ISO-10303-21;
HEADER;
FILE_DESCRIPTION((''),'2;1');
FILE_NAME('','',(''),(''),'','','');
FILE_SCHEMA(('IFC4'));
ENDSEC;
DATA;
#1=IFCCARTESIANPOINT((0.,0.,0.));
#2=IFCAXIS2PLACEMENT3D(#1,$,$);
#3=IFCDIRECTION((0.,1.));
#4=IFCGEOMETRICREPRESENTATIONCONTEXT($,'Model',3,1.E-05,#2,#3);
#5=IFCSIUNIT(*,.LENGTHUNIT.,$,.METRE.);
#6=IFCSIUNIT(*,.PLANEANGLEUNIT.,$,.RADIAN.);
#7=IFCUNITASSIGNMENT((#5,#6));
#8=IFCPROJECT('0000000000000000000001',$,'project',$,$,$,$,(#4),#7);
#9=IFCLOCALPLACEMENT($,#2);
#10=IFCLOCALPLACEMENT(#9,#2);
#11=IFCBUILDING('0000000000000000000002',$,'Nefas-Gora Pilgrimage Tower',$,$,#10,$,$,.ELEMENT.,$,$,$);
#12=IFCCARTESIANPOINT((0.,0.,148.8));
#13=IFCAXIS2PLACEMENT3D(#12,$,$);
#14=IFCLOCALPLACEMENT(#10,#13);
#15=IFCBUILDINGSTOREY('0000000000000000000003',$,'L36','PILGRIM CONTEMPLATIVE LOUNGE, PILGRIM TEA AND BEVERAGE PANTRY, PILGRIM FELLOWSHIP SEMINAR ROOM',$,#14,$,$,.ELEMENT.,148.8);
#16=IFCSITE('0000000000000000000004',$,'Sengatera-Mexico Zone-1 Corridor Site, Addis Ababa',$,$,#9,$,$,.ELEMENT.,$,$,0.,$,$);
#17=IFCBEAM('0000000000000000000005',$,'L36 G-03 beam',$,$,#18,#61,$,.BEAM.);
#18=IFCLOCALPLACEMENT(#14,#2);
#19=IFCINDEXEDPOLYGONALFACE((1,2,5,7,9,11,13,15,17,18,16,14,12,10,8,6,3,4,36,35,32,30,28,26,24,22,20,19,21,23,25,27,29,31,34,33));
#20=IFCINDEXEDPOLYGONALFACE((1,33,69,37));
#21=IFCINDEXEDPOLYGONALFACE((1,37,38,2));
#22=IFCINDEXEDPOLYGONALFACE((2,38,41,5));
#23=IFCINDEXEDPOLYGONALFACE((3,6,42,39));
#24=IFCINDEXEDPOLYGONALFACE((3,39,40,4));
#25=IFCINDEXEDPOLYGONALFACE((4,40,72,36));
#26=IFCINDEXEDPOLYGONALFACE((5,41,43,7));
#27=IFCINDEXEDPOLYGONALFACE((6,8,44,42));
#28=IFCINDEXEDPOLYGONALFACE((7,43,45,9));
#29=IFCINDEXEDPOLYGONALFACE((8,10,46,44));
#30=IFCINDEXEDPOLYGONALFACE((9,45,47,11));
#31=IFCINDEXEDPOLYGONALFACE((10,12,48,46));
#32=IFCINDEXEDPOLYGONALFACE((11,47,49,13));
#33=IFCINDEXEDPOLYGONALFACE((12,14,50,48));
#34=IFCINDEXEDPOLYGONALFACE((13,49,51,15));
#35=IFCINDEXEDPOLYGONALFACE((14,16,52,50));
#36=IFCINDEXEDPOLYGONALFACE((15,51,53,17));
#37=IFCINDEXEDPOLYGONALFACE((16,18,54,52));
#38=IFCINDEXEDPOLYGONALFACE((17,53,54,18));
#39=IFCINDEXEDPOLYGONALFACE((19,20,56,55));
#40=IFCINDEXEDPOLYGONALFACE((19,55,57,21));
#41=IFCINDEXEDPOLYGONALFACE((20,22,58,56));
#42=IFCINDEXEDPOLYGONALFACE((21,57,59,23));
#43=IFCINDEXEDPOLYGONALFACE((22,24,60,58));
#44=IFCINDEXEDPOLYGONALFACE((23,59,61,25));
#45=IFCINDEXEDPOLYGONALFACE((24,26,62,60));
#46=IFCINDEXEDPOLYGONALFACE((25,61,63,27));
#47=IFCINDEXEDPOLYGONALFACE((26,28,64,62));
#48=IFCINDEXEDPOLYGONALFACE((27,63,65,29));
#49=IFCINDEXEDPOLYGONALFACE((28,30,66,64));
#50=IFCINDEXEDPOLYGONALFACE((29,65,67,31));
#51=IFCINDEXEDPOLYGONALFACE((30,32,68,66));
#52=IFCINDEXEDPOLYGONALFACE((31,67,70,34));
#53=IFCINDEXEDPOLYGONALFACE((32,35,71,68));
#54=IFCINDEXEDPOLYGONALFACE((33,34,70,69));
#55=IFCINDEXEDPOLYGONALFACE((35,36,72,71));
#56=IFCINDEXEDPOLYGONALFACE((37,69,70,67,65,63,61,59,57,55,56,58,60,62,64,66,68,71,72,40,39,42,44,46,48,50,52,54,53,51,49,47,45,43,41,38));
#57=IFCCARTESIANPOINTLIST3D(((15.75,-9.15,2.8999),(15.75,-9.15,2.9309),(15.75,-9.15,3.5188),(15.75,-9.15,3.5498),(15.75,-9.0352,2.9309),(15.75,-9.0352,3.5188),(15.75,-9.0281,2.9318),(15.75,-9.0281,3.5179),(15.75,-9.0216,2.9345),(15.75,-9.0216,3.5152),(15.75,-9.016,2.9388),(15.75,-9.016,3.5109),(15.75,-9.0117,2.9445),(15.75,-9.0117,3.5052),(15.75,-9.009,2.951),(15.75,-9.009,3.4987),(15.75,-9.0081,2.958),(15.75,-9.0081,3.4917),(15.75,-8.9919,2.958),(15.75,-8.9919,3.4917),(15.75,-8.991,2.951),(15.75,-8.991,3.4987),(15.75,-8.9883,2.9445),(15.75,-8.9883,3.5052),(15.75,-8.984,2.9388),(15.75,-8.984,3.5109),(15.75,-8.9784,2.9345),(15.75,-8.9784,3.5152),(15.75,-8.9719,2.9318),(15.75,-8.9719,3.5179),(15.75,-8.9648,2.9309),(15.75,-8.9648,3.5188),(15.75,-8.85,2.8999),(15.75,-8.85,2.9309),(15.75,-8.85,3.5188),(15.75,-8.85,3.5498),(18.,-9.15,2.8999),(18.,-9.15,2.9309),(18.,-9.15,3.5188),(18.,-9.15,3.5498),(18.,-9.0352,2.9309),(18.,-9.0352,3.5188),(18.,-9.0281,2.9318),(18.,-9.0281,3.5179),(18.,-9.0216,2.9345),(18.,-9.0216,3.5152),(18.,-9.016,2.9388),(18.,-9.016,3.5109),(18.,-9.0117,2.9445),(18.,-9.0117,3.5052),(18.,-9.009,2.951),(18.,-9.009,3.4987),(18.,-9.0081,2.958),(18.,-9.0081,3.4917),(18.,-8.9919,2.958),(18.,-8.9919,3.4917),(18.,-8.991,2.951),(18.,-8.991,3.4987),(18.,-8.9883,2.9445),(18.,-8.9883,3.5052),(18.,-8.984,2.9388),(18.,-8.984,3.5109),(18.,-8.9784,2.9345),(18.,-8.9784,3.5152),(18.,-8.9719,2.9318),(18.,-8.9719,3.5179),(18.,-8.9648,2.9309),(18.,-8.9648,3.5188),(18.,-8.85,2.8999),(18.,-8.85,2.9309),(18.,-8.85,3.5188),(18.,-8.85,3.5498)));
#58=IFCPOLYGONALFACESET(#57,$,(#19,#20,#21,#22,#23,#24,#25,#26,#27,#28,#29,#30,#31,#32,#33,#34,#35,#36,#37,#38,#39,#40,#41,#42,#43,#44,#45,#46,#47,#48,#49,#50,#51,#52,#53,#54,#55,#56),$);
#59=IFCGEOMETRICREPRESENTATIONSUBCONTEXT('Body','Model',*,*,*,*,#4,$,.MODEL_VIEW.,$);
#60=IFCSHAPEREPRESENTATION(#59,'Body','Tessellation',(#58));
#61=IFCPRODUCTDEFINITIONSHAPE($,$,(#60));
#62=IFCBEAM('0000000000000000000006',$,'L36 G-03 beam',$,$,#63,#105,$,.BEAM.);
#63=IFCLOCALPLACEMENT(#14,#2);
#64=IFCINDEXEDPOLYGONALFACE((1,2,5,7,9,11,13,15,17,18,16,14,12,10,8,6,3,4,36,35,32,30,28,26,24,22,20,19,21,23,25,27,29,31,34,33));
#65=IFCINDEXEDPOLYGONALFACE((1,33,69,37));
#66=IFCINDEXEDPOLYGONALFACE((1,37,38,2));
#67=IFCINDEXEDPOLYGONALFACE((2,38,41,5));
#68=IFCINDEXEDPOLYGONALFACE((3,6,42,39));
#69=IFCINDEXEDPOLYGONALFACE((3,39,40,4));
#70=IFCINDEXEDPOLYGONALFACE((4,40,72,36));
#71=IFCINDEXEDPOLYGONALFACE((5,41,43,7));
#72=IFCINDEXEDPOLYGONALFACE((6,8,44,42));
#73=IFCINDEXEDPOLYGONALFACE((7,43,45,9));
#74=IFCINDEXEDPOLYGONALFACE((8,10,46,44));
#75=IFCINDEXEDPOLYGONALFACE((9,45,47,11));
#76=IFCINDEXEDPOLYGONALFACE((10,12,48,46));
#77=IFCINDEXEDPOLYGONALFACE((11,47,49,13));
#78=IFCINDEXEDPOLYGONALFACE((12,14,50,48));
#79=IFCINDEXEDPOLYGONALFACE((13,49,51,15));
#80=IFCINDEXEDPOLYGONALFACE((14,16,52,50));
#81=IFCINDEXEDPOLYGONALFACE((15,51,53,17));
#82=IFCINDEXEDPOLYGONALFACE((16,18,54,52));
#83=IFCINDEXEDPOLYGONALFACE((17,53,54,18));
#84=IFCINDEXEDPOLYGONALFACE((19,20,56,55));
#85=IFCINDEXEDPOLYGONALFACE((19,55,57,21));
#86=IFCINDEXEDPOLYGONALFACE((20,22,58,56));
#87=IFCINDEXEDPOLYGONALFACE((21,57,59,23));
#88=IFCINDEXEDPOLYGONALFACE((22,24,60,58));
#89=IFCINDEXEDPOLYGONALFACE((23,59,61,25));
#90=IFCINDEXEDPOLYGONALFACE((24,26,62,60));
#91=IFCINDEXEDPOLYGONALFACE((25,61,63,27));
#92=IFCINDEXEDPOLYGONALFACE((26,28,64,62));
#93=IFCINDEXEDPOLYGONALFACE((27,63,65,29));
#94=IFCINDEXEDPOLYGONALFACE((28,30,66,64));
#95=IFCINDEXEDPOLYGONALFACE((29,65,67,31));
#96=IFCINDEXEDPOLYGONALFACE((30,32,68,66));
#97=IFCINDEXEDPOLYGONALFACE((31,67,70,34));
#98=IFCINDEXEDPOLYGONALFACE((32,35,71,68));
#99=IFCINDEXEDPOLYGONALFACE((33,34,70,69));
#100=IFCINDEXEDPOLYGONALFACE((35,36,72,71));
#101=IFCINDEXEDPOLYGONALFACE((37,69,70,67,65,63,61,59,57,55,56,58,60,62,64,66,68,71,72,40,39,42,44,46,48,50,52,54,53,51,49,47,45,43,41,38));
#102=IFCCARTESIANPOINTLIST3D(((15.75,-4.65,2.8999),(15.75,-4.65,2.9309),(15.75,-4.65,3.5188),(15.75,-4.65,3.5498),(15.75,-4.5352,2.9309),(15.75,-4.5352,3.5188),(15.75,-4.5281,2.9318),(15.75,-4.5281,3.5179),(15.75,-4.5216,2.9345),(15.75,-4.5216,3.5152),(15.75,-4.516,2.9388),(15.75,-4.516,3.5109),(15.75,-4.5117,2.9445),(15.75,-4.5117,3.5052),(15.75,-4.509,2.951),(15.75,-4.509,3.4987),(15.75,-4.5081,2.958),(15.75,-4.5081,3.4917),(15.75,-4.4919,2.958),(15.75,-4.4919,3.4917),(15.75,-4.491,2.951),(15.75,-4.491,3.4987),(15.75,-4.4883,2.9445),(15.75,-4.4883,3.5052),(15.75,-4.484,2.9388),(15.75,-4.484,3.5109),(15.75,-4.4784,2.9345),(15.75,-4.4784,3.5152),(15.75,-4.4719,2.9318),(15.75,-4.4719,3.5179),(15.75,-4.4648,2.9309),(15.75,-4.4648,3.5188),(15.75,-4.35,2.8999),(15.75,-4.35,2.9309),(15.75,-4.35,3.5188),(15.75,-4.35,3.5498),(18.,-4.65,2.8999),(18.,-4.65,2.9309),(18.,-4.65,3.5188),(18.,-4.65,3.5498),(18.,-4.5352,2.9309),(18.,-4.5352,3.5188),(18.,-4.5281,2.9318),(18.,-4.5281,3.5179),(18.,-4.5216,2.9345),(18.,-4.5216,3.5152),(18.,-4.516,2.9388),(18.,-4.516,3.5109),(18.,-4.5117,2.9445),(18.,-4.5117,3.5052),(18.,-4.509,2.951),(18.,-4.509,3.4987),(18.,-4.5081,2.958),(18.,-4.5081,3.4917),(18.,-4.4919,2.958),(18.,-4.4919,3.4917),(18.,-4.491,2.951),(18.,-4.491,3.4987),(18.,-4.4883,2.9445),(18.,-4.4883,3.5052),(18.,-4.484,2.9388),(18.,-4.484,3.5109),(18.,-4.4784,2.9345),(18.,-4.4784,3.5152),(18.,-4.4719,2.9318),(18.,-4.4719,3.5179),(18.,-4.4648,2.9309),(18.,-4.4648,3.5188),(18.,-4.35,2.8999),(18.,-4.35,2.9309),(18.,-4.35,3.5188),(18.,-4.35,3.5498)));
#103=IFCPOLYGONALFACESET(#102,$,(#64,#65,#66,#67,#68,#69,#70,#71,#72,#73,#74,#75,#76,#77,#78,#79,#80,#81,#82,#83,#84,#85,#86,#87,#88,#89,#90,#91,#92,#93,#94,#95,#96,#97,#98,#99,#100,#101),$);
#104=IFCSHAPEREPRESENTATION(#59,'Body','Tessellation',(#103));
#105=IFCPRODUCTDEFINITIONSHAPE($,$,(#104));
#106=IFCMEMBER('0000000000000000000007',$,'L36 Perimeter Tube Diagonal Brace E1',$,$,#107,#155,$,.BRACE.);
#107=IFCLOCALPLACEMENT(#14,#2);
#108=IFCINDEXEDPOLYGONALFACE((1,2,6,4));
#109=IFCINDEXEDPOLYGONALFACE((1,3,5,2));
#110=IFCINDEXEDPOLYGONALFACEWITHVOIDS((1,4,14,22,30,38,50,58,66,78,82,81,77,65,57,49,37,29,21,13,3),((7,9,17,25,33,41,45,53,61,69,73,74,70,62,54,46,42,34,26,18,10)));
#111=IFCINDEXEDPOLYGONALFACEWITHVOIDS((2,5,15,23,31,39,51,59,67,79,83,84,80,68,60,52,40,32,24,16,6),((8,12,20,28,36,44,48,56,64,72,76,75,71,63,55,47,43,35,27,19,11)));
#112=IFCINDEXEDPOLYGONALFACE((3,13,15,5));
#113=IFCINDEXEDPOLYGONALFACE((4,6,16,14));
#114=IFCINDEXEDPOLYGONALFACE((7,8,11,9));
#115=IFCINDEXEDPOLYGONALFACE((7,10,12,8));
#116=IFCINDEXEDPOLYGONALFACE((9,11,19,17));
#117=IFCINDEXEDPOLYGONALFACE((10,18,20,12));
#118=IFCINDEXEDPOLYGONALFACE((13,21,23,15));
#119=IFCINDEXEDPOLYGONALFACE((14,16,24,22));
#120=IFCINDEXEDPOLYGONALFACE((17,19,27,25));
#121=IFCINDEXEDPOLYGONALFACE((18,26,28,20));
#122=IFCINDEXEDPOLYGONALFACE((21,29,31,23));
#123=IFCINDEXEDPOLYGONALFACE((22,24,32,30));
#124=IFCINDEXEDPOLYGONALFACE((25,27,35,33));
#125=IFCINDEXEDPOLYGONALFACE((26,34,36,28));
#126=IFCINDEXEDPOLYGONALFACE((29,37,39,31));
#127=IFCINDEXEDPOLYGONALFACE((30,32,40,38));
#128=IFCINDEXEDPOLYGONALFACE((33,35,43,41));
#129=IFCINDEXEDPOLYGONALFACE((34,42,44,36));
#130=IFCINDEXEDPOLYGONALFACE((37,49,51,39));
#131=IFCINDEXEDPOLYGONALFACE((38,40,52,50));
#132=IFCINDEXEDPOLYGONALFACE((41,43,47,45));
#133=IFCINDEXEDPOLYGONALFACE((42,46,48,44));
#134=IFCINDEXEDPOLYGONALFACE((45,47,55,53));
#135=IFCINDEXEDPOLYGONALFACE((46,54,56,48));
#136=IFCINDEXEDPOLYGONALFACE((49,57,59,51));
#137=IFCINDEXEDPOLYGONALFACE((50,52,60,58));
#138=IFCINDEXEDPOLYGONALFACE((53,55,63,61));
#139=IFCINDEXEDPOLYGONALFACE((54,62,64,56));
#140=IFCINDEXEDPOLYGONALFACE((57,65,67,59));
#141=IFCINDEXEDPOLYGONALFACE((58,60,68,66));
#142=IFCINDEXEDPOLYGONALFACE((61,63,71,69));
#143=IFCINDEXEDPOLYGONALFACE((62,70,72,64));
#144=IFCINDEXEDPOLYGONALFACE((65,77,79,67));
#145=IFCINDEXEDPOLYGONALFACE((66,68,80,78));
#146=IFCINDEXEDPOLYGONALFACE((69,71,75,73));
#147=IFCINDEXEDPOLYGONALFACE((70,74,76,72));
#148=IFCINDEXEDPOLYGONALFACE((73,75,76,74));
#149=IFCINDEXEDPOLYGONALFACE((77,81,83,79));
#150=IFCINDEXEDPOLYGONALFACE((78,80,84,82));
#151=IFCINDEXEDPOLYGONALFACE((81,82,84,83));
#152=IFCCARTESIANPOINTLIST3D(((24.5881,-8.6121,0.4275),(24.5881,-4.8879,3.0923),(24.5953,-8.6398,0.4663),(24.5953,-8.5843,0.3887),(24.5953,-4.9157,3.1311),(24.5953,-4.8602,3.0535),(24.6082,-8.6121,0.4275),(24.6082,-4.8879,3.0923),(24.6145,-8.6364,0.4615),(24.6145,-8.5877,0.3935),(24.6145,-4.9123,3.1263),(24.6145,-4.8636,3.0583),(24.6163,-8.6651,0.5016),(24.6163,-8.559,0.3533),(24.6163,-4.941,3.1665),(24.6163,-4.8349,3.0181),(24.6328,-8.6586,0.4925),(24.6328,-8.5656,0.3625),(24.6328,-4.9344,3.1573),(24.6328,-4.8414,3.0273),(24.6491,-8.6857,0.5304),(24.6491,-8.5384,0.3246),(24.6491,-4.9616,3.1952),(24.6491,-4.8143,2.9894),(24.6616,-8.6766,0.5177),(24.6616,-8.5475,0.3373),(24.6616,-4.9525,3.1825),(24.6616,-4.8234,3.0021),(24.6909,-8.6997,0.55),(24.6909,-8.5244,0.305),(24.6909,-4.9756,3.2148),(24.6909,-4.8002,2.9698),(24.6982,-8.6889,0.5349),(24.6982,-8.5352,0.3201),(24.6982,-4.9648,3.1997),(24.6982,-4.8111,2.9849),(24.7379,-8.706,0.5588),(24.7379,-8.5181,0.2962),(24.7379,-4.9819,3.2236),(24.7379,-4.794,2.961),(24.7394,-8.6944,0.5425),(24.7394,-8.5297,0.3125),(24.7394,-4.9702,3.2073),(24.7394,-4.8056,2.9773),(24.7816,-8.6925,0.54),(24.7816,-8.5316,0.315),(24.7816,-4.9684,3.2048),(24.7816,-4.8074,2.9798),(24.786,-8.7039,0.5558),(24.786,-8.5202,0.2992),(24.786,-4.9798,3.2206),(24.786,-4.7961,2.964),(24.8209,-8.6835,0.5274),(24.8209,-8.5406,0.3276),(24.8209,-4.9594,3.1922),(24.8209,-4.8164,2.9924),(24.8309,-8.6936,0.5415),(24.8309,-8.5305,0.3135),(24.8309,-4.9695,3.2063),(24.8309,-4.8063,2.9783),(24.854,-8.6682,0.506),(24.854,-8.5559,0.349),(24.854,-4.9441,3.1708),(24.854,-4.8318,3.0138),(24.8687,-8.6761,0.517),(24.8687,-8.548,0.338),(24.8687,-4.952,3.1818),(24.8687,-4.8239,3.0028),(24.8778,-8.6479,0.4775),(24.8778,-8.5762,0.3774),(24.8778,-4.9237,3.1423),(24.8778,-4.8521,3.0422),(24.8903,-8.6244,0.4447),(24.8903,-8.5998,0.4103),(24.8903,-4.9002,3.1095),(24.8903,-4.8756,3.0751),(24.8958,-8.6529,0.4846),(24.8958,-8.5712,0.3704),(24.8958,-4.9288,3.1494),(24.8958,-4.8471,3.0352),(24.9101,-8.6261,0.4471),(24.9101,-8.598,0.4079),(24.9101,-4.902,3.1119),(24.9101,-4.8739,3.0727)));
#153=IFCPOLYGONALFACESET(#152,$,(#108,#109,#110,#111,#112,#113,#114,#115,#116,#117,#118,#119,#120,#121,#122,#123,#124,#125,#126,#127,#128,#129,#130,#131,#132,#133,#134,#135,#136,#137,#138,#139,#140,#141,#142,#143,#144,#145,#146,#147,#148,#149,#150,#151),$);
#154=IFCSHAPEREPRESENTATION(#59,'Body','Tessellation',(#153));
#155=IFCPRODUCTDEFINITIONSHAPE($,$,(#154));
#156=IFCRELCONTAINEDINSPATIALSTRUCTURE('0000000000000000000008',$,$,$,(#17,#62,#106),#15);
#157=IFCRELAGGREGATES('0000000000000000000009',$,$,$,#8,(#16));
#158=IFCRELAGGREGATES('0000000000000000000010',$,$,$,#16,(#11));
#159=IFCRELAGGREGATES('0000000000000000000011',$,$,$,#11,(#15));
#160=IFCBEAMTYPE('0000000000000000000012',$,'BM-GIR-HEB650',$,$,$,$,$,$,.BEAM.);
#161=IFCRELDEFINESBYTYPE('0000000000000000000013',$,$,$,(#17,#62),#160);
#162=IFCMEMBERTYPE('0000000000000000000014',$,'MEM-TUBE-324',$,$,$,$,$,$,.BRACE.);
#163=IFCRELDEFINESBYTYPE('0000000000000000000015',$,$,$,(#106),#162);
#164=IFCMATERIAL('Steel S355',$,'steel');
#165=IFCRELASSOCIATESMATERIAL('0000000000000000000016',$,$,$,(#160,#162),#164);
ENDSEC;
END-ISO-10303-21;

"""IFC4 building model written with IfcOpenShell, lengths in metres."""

from ifc_helpers import new_model, si_unit, direction, frame, origin, origin_2d, place, context, subcontext, project, spatial, hollow_circle, i_section, extrude, source, transform, mapped, material, material_profile, profile_set, type_object, element, save


model = new_model("IFC4")

# Units and contexts
model_context = context("Model", 3, precision=1e-05, world=origin(), true_north=direction((0.0, 1.0)))
body_context = subcontext(model_context, "Body", "Model", "MODEL_VIEW")
ifc_project = project(units=[si_unit("LENGTHUNIT", "METRE"), si_unit("PLANEANGLEUNIT", "RADIAN")], contexts=[model_context])

# Site, building, storey
site_placement = place(None, origin())
site = spatial("IfcSite", under=ifc_project, at=site_placement, Name="Sengatera-Mexico Zone-1 Corridor Site, Addis Ababa", CompositionType="ELEMENT", RefElevation=0.0)
building_placement = place(site_placement, origin())
building = spatial("IfcBuilding", under=site, at=building_placement, Name="Nefas-Gora Pilgrimage Tower", CompositionType="ELEMENT")
storey_placement = place(building_placement, frame((0.0, 0.0, 148.8)))
storey = spatial("IfcBuildingStorey", under=building, at=storey_placement, Name="L36", Description="PILGRIM CONTEMPLATIVE LOUNGE, PILGRIM TEA AND BEVERAGE PANTRY, PILGRIM FELLOWSHIP SEMINAR ROOM", CompositionType="ELEMENT", Elevation=148.8)

# Beams
ifc_material_1 = material(Name="Steel S355", Category="steel")
ifc_material_profile_1 = material_profile(ifc_material_1, i_section(OverallWidth=0.3, OverallDepth=0.6499, WebThickness=0.0161, FlangeThickness=0.031, FilletRadius=0.0271, at=origin_2d()), Name="HEB 650")
ifc_profile_set_1 = profile_set([ifc_material_profile_1], Name="Steel S355")
beam_type_1 = type_object("IfcBeamType", Name="BM-GIR-HEB650", PredefinedType="BEAM", material=ifc_profile_set_1)
shared_shape_1 = source(origin(), body_context, "Body", "SweptSolid", [
    extrude(i_section(OverallWidth=0.3, OverallDepth=0.6499, WebThickness=0.0161, FlangeThickness=0.031, FilletRadius=0.0271, at=origin_2d()), origin(), (0.0, 0.0, 1.0), 2.25),
])
for number, where, z_axis, x_axis, name in (
    (1, (15.75, -9.0, 3.2249), (1.0, 0.0, 0.0), (0.0, 1.0, 0.0), "L36 G-03 beam"),
    (2, (15.75, -4.5, 3.2249), (1.0, 0.0, 0.0), (0.0, 1.0, 0.0), "L36 G-03 beam"),
):
    element("IfcBeam", number, at=place(storey_placement, frame(where, z_axis=z_axis, x_axis=x_axis)), inside=storey, type_object=beam_type_1, Name=name, PredefinedType="BEAM", context=body_context, shape_type="MappedRepresentation", body=[
        mapped(shared_shape_1, transform((0.0, 0.0, 0.0), x_axis=(1.0, 0.0, 0.0), y_axis=(0.0, 1.0, 0.0), z_axis=(0.0, 0.0, 1.0), scale=1.0)),
    ])

# Member
ifc_material_profile_2 = material_profile(ifc_material_1, hollow_circle(Radius=0.1619, WallThickness=0.02, at=origin_2d()), Name="CHS 323.9x20")
ifc_profile_set_2 = profile_set([ifc_material_profile_2], Name="Steel S355")
member_type_1 = type_object("IfcMemberType", Name="MEM-TUBE-324", PredefinedType="BRACE", material=ifc_profile_set_2)
shared_shape_2 = source(origin(), body_context, "Body", "SweptSolid", [
    extrude(hollow_circle(Radius=0.1619, WallThickness=0.02, at=origin_2d()), origin(), (0.0, 0.0, 1.0), 4.5793),
])
member_1_placement = place(storey_placement, frame((24.75, -8.6121, 0.4275), z_axis=(0.0, 0.813247, 0.581919), x_axis=(-1.0, 0.0, 0.0)))
element("IfcMember", 3, at=member_1_placement, inside=storey, type_object=member_type_1, Name="L36 Perimeter Tube Diagonal Brace E1", PredefinedType="BRACE", context=body_context, shape_type="MappedRepresentation", body=[
    mapped(shared_shape_2, transform((0.0, 0.0, 0.0), x_axis=(1.0, 0.0, 0.0), y_axis=(0.0, 1.0, 0.0), z_axis=(0.0, 0.0, 1.0), scale=1.0)),
])

save(model, "model.ifc")
